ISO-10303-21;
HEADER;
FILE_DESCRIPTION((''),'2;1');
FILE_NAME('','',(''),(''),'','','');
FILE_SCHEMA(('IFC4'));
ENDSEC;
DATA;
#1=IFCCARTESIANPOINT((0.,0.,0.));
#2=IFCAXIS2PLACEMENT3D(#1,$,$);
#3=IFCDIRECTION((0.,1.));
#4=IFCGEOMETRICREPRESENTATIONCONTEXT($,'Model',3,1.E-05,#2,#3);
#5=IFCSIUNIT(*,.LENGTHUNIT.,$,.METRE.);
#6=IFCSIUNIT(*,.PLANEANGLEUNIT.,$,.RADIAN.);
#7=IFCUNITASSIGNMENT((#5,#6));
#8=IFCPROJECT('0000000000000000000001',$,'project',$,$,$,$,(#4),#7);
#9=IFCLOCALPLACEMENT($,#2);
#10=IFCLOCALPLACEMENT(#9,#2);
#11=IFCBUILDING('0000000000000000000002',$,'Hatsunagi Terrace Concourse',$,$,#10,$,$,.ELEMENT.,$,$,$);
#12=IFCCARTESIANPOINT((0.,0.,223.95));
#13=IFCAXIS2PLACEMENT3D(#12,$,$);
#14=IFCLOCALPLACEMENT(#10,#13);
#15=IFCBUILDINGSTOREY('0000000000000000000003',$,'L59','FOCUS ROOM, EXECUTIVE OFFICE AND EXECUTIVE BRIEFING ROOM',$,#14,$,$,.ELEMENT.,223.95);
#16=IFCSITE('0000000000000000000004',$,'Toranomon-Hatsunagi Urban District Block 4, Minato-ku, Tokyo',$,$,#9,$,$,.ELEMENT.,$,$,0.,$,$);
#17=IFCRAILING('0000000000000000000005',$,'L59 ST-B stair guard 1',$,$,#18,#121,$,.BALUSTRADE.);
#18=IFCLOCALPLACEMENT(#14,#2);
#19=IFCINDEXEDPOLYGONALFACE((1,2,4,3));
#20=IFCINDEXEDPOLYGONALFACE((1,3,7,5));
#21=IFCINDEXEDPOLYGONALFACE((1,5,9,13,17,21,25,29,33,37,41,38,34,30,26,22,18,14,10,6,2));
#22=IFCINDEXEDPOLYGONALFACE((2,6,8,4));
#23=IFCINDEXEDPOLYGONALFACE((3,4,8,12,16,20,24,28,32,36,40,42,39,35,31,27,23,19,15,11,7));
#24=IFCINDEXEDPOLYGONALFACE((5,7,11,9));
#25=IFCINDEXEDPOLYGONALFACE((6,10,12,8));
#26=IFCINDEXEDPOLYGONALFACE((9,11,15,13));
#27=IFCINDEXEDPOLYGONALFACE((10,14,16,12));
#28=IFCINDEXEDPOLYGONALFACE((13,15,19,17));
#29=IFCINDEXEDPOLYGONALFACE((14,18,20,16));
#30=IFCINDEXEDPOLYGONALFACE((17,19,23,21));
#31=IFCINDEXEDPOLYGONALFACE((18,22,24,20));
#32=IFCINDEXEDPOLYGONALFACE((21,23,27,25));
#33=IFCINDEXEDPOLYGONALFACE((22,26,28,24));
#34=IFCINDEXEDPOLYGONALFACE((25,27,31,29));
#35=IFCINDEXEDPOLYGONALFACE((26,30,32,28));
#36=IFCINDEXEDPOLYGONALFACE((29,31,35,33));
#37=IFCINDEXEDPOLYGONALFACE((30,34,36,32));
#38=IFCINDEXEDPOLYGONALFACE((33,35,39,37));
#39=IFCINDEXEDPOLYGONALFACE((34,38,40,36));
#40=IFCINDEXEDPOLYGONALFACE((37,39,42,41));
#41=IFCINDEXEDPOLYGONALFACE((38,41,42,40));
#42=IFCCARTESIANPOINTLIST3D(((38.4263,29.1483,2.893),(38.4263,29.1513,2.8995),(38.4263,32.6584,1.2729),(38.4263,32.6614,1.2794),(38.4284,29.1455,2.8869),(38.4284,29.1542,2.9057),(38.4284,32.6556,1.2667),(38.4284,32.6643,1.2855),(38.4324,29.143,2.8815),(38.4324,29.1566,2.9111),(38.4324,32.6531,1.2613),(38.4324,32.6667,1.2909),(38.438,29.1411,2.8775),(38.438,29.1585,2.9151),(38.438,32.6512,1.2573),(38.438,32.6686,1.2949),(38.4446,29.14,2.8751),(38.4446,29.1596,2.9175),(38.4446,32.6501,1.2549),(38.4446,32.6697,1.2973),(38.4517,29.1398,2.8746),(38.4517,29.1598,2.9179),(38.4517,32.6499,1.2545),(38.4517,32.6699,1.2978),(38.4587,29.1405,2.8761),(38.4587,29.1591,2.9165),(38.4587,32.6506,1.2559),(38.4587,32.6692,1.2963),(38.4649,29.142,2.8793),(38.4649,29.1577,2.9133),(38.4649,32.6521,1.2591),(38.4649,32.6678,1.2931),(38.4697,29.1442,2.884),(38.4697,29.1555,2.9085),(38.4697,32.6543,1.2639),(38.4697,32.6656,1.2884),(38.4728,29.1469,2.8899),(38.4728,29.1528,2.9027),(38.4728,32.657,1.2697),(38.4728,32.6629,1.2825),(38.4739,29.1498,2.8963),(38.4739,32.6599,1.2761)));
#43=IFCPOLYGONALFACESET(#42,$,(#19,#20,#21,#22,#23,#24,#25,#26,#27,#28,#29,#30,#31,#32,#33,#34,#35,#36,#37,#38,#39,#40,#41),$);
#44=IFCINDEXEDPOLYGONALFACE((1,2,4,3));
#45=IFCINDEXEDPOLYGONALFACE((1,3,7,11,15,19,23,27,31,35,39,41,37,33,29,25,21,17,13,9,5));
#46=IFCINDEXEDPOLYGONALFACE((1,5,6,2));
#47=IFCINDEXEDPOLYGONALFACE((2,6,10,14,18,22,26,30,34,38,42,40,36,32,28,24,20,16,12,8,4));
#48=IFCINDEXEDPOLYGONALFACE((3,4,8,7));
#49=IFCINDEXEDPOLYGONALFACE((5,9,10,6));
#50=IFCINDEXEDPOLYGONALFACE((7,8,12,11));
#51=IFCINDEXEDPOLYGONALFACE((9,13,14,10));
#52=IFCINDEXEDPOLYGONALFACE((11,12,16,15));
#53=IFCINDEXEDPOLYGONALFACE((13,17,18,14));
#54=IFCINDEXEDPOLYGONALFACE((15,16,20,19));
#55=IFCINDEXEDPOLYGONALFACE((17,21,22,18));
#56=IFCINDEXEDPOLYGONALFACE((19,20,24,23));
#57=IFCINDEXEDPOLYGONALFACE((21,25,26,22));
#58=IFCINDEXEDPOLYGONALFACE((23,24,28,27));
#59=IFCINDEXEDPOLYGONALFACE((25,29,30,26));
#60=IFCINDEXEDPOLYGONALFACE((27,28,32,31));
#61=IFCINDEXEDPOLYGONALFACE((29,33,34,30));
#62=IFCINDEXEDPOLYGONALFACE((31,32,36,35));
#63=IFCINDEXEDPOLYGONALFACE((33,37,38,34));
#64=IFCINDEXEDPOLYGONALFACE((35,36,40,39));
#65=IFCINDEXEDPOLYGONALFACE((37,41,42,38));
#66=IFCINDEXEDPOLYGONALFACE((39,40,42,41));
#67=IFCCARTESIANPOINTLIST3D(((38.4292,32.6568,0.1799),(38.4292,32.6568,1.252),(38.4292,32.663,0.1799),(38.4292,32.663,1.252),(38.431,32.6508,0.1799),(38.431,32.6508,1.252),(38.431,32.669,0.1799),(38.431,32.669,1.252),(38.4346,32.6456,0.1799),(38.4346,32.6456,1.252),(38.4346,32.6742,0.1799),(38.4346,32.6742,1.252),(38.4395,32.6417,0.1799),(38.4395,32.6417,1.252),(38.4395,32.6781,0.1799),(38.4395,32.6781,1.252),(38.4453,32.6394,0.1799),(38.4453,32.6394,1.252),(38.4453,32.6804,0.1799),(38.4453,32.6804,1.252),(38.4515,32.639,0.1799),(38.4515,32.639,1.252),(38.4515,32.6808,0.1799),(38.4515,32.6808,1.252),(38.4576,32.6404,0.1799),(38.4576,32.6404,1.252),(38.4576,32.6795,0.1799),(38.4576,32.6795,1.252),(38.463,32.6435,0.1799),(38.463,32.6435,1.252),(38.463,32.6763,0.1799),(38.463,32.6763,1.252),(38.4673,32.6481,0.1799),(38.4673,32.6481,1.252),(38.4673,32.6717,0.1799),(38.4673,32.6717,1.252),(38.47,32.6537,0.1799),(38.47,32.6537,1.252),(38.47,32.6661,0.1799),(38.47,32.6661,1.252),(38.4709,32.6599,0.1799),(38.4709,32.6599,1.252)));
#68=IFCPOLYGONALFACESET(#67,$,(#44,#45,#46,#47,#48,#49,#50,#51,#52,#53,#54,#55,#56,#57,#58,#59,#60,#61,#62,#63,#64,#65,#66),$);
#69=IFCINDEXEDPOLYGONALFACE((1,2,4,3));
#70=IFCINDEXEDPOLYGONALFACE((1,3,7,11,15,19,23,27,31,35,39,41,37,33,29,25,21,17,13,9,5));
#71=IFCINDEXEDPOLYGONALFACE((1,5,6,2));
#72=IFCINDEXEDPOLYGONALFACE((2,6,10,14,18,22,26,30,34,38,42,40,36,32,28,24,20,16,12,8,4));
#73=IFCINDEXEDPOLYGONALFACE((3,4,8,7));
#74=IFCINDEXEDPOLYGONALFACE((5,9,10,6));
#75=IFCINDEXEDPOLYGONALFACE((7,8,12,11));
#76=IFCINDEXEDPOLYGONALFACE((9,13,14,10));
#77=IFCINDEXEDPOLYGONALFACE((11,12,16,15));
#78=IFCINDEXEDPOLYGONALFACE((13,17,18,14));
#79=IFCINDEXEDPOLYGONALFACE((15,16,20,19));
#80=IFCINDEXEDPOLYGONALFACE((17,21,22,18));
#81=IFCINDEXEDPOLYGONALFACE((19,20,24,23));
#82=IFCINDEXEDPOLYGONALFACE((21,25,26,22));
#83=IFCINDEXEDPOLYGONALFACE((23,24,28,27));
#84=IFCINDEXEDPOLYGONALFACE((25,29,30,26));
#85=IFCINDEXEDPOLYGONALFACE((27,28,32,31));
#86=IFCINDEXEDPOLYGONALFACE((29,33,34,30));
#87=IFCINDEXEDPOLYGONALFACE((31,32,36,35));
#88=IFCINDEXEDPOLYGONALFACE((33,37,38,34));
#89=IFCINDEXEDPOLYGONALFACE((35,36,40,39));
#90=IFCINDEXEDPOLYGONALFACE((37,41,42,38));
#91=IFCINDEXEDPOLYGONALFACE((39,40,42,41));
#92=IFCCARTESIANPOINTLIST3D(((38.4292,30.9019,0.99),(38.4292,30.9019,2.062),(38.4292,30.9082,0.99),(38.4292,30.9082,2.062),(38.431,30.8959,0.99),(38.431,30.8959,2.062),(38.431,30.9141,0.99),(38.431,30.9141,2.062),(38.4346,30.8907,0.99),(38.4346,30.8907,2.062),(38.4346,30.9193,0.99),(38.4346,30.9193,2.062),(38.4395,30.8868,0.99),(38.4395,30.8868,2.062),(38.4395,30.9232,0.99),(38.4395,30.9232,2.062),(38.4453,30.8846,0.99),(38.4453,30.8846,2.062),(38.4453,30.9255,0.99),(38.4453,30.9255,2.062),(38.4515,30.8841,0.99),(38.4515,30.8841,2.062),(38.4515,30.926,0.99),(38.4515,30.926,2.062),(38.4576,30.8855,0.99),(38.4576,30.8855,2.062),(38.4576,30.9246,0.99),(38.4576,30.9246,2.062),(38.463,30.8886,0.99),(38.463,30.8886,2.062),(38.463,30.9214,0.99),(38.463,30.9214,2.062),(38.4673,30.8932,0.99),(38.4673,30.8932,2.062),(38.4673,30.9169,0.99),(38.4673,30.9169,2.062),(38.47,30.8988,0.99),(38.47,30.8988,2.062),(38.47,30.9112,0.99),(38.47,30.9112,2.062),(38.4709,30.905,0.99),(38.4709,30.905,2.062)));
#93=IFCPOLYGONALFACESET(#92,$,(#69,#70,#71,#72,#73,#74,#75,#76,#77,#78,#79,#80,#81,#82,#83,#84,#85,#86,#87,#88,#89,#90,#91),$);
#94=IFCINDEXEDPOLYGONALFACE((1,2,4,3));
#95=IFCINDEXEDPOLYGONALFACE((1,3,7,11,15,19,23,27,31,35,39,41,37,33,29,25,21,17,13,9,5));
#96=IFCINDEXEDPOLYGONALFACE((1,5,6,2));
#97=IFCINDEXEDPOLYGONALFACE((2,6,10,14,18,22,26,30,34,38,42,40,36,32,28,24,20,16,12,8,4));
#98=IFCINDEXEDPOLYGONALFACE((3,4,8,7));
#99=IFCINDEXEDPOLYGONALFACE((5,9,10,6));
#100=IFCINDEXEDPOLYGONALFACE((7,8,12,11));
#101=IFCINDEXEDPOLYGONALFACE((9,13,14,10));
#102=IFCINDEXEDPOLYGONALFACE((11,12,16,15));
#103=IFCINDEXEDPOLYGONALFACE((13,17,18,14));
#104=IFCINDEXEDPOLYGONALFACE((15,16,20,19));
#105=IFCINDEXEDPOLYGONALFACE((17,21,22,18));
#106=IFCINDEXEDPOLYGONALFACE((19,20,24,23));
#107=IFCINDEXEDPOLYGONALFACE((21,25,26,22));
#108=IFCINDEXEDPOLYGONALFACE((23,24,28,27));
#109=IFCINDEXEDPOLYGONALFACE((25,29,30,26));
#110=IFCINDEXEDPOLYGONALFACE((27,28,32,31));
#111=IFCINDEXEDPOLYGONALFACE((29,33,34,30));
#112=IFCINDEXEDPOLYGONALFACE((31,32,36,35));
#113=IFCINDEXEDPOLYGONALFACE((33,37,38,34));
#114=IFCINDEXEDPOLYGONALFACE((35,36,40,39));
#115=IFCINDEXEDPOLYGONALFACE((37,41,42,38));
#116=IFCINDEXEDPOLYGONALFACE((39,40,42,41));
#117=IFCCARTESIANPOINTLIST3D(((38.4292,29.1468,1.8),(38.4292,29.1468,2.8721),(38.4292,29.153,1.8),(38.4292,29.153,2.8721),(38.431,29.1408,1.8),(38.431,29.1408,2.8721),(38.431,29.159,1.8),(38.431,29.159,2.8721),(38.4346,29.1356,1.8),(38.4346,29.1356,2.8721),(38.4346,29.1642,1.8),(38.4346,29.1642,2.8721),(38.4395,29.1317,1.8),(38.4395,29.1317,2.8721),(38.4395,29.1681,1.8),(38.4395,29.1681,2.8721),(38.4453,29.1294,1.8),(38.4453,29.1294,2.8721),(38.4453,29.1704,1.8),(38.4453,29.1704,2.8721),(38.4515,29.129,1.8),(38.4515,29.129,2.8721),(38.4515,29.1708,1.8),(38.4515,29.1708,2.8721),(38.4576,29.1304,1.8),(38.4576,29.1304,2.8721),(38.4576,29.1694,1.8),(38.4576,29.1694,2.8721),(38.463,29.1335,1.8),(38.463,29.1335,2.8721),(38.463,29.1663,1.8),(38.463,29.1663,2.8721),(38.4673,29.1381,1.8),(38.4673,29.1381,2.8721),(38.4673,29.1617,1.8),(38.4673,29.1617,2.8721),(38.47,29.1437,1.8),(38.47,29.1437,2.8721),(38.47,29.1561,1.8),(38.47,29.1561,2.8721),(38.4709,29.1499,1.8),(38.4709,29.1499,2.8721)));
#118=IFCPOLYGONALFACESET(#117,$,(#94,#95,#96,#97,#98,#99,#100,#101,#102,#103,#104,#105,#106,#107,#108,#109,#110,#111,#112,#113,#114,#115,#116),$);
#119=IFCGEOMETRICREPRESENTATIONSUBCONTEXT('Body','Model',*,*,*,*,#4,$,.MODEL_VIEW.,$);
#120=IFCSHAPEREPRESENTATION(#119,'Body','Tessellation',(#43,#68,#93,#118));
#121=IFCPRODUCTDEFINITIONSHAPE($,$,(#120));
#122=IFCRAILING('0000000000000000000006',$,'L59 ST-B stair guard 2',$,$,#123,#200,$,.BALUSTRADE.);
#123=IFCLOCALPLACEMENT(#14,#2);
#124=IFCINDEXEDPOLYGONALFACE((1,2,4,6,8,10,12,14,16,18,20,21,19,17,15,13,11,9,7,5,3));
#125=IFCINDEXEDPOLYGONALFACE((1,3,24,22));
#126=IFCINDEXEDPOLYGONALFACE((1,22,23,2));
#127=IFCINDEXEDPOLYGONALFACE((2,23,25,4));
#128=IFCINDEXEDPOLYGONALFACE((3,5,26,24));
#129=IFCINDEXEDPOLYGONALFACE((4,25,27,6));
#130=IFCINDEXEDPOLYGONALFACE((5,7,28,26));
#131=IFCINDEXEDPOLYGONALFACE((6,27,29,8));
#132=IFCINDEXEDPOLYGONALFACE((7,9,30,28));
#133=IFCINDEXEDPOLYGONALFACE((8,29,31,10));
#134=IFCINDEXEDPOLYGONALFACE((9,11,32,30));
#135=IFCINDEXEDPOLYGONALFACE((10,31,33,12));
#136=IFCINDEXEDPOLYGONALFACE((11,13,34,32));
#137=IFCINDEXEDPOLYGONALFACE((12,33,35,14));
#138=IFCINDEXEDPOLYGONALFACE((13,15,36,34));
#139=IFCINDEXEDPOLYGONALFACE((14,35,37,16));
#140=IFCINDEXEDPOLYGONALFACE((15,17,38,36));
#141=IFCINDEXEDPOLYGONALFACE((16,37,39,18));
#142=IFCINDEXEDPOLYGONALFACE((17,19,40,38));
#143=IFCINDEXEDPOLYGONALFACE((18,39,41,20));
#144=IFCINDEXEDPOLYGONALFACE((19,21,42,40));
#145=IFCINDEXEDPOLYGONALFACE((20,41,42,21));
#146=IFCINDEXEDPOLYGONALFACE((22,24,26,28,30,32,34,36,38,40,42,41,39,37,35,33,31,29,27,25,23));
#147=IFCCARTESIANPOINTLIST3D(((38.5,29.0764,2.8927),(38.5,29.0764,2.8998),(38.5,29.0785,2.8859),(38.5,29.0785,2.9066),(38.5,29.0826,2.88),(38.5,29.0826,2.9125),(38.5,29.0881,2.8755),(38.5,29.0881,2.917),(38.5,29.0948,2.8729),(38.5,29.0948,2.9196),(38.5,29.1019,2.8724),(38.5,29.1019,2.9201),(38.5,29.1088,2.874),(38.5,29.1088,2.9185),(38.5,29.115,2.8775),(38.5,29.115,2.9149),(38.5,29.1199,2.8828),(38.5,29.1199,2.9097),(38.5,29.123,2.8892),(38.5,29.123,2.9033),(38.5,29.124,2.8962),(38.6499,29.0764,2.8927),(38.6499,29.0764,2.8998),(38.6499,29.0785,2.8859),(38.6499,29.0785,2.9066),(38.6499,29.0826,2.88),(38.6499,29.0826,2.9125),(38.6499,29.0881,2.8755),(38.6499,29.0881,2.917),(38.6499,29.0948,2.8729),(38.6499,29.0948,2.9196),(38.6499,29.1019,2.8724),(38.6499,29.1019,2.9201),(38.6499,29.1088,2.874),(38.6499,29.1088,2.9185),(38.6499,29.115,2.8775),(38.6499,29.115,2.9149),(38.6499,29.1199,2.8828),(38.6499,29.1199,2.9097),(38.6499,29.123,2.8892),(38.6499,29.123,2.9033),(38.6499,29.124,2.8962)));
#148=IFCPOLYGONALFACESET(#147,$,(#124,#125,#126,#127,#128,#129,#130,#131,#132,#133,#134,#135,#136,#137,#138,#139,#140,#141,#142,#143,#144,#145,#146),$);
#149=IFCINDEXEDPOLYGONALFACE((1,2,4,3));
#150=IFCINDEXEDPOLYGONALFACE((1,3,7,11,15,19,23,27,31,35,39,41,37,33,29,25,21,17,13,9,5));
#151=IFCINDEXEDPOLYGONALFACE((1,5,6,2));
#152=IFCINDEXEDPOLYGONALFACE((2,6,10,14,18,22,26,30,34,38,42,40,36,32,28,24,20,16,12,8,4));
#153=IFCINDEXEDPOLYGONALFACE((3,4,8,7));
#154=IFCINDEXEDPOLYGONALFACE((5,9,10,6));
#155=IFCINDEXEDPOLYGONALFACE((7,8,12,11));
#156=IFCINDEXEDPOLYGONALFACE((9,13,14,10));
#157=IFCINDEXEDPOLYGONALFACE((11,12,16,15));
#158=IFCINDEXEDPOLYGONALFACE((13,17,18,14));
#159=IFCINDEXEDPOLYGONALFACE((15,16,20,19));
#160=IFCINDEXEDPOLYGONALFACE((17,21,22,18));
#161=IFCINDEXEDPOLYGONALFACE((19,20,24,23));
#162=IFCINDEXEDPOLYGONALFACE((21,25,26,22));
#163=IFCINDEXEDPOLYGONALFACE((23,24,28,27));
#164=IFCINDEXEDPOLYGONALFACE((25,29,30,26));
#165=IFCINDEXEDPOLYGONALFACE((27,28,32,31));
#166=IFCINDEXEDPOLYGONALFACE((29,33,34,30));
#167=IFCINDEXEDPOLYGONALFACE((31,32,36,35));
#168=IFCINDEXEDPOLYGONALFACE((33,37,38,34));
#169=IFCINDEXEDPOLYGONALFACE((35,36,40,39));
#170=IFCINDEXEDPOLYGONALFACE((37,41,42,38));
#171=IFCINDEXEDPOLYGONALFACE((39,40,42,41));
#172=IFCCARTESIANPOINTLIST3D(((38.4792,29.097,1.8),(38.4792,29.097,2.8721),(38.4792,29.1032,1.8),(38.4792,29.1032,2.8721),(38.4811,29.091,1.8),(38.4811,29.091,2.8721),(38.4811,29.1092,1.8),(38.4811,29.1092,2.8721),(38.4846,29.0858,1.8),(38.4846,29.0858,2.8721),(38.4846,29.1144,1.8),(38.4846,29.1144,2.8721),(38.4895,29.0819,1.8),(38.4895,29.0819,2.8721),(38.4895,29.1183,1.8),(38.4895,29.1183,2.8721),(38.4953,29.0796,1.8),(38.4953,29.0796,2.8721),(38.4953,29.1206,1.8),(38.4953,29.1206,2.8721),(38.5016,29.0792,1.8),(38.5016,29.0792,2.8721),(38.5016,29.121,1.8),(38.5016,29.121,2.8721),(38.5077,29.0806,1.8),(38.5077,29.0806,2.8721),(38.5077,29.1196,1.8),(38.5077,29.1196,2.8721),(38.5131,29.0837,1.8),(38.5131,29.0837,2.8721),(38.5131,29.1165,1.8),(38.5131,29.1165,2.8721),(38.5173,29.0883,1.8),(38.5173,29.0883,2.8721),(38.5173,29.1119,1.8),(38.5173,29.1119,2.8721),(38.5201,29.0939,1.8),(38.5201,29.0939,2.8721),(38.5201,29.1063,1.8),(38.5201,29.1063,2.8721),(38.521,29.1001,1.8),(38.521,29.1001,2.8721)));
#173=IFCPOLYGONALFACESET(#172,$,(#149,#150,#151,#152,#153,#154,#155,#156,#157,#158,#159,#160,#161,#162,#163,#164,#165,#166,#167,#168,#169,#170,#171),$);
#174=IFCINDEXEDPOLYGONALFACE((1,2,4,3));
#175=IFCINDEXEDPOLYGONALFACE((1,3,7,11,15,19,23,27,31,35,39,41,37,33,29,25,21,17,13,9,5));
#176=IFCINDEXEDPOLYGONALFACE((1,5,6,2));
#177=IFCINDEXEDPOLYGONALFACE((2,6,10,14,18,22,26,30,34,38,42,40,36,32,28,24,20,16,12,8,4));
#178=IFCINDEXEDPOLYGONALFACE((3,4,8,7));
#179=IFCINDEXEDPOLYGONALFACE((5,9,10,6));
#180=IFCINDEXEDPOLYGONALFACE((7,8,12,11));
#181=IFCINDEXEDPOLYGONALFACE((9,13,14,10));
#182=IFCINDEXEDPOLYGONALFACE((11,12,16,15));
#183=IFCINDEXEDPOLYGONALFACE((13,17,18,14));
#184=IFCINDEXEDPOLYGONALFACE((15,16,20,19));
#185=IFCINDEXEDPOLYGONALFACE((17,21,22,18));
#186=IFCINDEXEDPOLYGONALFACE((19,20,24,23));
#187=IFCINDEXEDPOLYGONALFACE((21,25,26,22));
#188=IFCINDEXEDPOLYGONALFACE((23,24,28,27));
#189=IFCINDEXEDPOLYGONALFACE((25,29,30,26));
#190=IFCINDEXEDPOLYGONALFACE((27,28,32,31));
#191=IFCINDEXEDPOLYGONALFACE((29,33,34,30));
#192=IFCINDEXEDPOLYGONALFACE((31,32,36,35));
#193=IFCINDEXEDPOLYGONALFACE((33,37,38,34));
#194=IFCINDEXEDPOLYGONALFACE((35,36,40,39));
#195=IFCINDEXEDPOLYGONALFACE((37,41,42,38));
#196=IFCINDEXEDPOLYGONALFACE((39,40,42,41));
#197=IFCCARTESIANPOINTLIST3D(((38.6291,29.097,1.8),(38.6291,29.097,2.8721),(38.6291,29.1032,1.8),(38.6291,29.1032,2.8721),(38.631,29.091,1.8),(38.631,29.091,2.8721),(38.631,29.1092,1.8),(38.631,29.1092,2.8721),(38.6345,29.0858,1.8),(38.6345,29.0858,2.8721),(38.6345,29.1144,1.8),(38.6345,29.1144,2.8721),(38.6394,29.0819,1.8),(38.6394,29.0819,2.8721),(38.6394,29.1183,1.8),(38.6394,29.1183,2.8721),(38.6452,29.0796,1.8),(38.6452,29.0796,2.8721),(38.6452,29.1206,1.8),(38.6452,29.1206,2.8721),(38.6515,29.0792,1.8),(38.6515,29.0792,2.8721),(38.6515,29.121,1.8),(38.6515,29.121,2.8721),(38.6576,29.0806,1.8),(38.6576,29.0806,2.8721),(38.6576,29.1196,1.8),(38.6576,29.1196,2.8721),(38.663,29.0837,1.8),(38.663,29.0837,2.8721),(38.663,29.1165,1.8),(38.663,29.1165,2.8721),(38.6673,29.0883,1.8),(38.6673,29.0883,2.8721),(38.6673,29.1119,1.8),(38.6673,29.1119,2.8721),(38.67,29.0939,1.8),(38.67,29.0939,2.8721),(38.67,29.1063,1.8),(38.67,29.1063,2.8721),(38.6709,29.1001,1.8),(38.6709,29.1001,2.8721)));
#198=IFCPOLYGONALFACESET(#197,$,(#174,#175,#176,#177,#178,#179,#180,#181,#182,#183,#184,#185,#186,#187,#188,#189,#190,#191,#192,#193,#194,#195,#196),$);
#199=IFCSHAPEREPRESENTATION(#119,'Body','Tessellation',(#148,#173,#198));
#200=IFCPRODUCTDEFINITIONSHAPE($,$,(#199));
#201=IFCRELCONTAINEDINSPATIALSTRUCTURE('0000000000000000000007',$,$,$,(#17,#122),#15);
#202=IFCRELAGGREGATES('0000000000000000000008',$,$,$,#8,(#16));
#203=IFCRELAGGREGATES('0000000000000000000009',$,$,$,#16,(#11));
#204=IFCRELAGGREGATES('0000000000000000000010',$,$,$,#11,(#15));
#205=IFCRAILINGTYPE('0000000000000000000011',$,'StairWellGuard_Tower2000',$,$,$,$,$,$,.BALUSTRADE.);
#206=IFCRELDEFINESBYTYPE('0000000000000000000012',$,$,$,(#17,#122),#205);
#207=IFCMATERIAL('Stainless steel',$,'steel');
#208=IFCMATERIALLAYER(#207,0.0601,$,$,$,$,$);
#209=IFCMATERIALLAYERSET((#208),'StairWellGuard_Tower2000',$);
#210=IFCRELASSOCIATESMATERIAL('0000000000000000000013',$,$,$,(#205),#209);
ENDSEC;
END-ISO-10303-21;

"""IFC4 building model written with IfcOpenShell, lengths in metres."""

from ifc_helpers import new_model, si_unit, direction, frame, origin, origin_2d, place, context, subcontext, project, spatial, circle, extrude, material, layer, layer_set, type_object, element, save


model = new_model("IFC4")

# Units and contexts
model_context = context("Model", 3, precision=1e-05, world=origin(), true_north=direction((0.0, 1.0)))
body_context = subcontext(model_context, "Body", "Model", "MODEL_VIEW")
ifc_project = project(units=[si_unit("LENGTHUNIT", "METRE"), si_unit("PLANEANGLEUNIT", "RADIAN")], contexts=[model_context])

# Site, building, storey
site_placement = place(None, origin())
site = spatial("IfcSite", under=ifc_project, at=site_placement, Name="Toranomon-Hatsunagi Urban District Block 4, Minato-ku, Tokyo", CompositionType="ELEMENT", RefElevation=0.0)
building_placement = place(site_placement, origin())
building = spatial("IfcBuilding", under=site, at=building_placement, Name="Hatsunagi Terrace Concourse", CompositionType="ELEMENT")
storey_placement = place(building_placement, frame((0.0, 0.0, 223.95)))
storey = spatial("IfcBuildingStorey", under=building, at=storey_placement, Name="L59", Description="FOCUS ROOM, EXECUTIVE OFFICE AND EXECUTIVE BRIEFING ROOM", CompositionType="ELEMENT", Elevation=223.95)

# Railings
ifc_material_1 = material(Name="Stainless steel", Category="steel")
ifc_layer_1 = layer(ifc_material_1, 0.0601)
ifc_layer_set_1 = layer_set([ifc_layer_1], Name="StairWellGuard_Tower2000")
railing_type_1 = type_object("IfcRailingType", Name="StairWellGuard_Tower2000", PredefinedType="BALUSTRADE", material=ifc_layer_set_1)
railing_1_placement = place(storey_placement, frame((38.45, 32.6599, 0.1799)))
element("IfcRailing", 1, at=railing_1_placement, inside=storey, type_object=railing_type_1, Name="L59 ST-B stair guard 1", PredefinedType="BALUSTRADE", context=body_context, shape_type="SweptSolid", body=[
    extrude(circle(Radius=0.0239, at=origin_2d()), frame((0.0, 0.0, 1.0962), z_axis=(0.0, -0.907948, 0.419082), x_axis=(1.0, 0.0, 0.0)), (0.0, 0.0, 1.0), 3.866),
    extrude(circle(Radius=0.021, at=origin_2d()), origin(), (0.0, 0.0, 1.0), 1.072),
    extrude(circle(Radius=0.021, at=origin_2d()), frame((0.0, -1.7549, 0.8101)), (0.0, 0.0, 1.0), 1.072),
    extrude(circle(Radius=0.021, at=origin_2d()), frame((0.0, -3.51, 1.6201)), (0.0, 0.0, 1.0), 1.072),
])
railing_2_placement = place(storey_placement, frame((38.5, 29.1001, 1.8)))
element("IfcRailing", 2, at=railing_2_placement, inside=storey, type_object=railing_type_1, Name="L59 ST-B stair guard 2", PredefinedType="BALUSTRADE", context=body_context, shape_type="SweptSolid", body=[
    extrude(circle(Radius=0.0239, at=origin_2d()), frame((0.0, 0.0, 1.0962), z_axis=(1.0, 0.0, 0.0), x_axis=(0.0, 1.0, 0.0)), (0.0, 0.0, 1.0), 0.1499),
    extrude(circle(Radius=0.021, at=origin_2d()), origin(), (0.0, 0.0, 1.0), 1.072),
    extrude(circle(Radius=0.021, at=origin_2d()), frame((0.1499, 0.0, 0.0)), (0.0, 0.0, 1.0), 1.072),
])

save(model, "model.ifc")
